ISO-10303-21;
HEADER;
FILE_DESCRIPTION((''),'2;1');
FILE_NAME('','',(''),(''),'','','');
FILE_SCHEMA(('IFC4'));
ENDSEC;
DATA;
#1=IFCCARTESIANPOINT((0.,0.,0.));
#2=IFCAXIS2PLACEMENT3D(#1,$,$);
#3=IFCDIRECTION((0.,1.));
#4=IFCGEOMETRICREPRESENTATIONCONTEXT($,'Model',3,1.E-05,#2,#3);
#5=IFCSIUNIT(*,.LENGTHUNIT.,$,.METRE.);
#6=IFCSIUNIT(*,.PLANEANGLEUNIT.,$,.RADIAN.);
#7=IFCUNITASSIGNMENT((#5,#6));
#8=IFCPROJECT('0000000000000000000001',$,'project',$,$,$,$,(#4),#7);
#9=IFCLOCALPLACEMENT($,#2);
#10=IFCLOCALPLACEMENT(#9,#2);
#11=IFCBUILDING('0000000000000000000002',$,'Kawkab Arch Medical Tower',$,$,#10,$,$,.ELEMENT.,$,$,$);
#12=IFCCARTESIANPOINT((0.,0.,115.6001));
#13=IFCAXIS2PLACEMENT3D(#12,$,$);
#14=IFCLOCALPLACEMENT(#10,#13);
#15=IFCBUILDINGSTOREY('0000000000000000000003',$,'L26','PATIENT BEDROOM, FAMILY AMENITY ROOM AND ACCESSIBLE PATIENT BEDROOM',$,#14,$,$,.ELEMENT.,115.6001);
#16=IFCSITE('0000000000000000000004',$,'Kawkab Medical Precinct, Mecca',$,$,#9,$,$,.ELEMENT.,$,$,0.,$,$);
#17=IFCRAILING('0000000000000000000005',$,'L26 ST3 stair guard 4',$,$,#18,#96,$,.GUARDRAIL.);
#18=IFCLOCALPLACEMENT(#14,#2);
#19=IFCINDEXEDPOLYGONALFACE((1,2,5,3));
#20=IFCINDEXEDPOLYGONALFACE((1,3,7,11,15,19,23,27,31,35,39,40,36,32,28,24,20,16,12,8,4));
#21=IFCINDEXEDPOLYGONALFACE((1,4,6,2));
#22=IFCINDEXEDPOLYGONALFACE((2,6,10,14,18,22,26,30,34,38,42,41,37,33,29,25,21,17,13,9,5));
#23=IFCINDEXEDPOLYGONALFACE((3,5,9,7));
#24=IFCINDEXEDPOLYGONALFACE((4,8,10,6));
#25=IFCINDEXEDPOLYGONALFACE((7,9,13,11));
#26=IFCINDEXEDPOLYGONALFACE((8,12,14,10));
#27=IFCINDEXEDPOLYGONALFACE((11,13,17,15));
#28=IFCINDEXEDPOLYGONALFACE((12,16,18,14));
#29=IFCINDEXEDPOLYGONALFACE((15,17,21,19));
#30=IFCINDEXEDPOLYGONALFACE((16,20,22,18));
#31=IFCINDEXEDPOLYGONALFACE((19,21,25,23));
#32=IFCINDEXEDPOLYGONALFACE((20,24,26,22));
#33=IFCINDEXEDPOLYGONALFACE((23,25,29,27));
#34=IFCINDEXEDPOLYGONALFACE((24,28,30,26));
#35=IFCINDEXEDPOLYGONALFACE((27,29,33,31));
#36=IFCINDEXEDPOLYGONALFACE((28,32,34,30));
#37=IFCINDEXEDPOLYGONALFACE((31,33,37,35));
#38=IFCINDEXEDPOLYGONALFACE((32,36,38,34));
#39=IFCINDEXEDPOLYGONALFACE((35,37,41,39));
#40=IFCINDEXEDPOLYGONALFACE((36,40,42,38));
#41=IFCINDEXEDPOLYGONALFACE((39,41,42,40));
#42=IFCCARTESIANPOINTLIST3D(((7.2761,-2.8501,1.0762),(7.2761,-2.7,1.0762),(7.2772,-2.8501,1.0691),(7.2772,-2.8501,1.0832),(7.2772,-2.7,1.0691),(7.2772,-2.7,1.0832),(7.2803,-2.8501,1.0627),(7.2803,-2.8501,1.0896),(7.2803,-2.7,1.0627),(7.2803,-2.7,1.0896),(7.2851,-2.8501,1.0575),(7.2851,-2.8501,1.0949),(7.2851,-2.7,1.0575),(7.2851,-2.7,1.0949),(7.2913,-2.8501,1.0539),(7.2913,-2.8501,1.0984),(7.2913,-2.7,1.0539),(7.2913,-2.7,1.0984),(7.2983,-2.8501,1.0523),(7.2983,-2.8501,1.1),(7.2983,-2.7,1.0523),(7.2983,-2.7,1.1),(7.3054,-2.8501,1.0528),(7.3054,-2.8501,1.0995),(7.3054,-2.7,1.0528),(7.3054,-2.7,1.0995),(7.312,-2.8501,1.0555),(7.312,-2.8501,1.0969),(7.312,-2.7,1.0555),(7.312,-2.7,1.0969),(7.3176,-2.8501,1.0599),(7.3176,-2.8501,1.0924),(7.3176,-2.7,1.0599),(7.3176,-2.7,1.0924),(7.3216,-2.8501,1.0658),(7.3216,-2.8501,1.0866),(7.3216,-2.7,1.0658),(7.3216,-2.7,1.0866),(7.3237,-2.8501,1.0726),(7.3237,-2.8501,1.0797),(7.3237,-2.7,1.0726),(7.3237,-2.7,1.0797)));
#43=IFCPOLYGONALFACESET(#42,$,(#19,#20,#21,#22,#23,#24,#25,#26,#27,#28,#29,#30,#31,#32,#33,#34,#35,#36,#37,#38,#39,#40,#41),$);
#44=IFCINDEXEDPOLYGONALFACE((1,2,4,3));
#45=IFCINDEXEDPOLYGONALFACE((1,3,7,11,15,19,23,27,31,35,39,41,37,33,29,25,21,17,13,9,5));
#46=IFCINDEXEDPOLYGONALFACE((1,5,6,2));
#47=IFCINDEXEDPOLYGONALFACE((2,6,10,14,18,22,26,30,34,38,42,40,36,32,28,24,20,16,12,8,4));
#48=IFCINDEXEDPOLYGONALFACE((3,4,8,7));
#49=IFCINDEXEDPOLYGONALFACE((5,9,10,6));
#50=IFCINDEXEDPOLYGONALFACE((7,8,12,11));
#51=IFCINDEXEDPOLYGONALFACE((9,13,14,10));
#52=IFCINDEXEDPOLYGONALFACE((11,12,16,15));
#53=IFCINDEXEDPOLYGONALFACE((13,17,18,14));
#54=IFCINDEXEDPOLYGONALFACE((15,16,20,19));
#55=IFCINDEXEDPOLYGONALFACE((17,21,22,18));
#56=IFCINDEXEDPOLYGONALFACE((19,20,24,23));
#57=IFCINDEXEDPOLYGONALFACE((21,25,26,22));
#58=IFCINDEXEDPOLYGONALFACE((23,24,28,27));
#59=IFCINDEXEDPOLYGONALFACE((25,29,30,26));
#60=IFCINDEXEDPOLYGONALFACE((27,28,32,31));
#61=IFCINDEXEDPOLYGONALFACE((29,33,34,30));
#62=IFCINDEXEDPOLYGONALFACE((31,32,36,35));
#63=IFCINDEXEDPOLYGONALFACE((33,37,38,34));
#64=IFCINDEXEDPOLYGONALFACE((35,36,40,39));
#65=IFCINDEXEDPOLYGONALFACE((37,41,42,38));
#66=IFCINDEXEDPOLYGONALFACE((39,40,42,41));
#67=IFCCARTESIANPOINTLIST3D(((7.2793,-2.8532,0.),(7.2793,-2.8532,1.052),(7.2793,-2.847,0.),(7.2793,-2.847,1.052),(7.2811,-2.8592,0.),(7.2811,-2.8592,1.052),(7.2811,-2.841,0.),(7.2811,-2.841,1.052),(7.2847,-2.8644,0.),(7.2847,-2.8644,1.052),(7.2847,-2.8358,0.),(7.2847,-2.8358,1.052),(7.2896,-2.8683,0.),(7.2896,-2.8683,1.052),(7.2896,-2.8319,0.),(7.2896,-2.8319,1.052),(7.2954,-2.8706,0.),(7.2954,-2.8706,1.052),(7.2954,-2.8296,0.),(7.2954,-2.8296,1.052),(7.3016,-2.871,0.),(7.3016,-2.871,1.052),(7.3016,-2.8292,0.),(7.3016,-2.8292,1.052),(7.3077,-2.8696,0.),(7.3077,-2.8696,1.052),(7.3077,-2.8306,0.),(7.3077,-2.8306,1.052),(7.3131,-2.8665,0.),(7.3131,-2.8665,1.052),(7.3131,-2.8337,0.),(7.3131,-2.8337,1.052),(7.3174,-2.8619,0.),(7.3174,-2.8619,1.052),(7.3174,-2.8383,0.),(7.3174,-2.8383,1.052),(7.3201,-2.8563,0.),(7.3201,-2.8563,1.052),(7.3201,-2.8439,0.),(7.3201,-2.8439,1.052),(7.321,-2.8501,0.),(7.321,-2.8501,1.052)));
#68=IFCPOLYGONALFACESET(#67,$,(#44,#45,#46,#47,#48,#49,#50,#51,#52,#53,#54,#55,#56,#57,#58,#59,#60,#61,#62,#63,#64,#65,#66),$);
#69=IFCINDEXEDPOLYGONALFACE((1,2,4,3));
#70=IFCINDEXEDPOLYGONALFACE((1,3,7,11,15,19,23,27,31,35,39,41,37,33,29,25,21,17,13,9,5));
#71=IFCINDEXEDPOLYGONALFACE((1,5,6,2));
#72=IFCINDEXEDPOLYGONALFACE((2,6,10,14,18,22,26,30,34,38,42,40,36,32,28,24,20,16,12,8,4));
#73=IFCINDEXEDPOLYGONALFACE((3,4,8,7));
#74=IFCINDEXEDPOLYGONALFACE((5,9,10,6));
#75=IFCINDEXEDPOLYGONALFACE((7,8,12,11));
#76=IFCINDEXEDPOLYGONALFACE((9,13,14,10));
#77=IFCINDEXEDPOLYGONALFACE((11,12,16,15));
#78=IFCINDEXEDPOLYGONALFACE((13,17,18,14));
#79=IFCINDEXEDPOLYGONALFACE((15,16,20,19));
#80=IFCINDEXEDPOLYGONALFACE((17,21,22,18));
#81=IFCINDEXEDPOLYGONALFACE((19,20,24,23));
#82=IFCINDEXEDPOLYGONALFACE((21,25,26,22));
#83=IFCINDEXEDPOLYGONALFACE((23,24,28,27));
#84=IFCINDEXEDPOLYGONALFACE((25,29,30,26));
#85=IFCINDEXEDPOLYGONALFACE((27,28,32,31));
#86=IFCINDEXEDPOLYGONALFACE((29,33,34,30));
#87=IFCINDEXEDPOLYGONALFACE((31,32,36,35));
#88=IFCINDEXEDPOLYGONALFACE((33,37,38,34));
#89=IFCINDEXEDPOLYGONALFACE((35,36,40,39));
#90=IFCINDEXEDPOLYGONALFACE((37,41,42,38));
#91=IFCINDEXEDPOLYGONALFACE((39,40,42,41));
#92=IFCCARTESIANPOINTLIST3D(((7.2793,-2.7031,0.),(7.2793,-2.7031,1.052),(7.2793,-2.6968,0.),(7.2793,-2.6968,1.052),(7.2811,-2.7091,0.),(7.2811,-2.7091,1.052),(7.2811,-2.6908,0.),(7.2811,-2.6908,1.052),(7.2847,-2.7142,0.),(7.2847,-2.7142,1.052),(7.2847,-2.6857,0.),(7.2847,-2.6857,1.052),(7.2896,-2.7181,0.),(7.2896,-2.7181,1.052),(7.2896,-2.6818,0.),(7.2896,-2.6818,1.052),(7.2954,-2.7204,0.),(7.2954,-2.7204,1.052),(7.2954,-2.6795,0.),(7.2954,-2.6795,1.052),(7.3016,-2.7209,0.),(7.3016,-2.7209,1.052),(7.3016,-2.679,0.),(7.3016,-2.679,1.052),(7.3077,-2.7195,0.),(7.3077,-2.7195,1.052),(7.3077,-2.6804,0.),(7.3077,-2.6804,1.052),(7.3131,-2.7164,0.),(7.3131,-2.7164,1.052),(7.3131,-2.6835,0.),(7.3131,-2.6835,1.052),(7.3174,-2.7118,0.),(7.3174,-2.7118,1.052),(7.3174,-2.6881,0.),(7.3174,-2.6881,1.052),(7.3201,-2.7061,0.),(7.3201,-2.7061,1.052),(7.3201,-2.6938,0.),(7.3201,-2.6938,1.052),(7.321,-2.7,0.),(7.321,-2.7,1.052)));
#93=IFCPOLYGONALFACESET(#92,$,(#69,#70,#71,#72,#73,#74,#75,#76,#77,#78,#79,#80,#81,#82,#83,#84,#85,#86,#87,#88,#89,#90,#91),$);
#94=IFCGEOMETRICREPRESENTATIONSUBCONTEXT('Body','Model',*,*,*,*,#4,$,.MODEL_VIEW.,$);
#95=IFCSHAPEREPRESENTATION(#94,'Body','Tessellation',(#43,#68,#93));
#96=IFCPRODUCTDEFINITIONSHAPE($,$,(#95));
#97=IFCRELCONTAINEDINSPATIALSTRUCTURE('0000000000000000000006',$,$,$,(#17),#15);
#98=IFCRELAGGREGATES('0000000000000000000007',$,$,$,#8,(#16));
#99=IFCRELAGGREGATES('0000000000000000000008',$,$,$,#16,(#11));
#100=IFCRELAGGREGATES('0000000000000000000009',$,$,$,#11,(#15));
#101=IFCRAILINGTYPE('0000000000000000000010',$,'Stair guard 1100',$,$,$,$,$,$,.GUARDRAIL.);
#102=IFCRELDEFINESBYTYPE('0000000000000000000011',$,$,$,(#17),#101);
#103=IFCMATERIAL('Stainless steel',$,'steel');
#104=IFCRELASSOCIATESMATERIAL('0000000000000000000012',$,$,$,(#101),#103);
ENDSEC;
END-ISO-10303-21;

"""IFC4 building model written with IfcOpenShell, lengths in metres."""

from ifc_helpers import new_model, si_unit, direction, frame, origin, origin_2d, place, context, subcontext, project, spatial, circle, extrude, material, type_object, element, save


model = new_model("IFC4")

# Units and contexts
model_context = context("Model", 3, precision=1e-05, world=origin(), true_north=direction((0.0, 1.0)))
body_context = subcontext(model_context, "Body", "Model", "MODEL_VIEW")
ifc_project = project(units=[si_unit("LENGTHUNIT", "METRE"), si_unit("PLANEANGLEUNIT", "RADIAN")], contexts=[model_context])

# Site, building, storey
site_placement = place(None, origin())
site = spatial("IfcSite", under=ifc_project, at=site_placement, Name="Kawkab Medical Precinct, Mecca", CompositionType="ELEMENT", RefElevation=0.0)
building_placement = place(site_placement, origin())
building = spatial("IfcBuilding", under=site, at=building_placement, Name="Kawkab Arch Medical Tower", CompositionType="ELEMENT")
storey_placement = place(building_placement, frame((0.0, 0.0, 115.6001)))
storey = spatial("IfcBuildingStorey", under=building, at=storey_placement, Name="L26", Description="PATIENT BEDROOM, FAMILY AMENITY ROOM AND ACCESSIBLE PATIENT BEDROOM", CompositionType="ELEMENT", Elevation=115.6001)

# Railing
ifc_material_1 = material(Name="Stainless steel", Category="steel")
railing_type_1 = type_object("IfcRailingType", Name="Stair guard 1100", PredefinedType="GUARDRAIL", material=ifc_material_1)
railing_1_placement = place(storey_placement, frame((7.3, -2.8501, 0.0)))
element("IfcRailing", 1, at=railing_1_placement, inside=storey, type_object=railing_type_1, Name="L26 ST3 stair guard 4", PredefinedType="GUARDRAIL", context=body_context, shape_type="SweptSolid", body=[
    extrude(circle(Radius=0.0239, at=origin_2d()), frame((0.0, 0.0, 1.0762), z_axis=(0.0, 1.0, 0.0), x_axis=(-1.0, 0.0, 0.0)), (0.0, 0.0, 1.0), 0.1501),
    extrude(circle(Radius=0.021, at=origin_2d()), origin(), (0.0, 0.0, 1.0), 1.052),
    extrude(circle(Radius=0.021, at=origin_2d()), frame((0.0, 0.1501, 0.0)), (0.0, 0.0, 1.0), 1.052),
])

save(model, "model.ifc")
